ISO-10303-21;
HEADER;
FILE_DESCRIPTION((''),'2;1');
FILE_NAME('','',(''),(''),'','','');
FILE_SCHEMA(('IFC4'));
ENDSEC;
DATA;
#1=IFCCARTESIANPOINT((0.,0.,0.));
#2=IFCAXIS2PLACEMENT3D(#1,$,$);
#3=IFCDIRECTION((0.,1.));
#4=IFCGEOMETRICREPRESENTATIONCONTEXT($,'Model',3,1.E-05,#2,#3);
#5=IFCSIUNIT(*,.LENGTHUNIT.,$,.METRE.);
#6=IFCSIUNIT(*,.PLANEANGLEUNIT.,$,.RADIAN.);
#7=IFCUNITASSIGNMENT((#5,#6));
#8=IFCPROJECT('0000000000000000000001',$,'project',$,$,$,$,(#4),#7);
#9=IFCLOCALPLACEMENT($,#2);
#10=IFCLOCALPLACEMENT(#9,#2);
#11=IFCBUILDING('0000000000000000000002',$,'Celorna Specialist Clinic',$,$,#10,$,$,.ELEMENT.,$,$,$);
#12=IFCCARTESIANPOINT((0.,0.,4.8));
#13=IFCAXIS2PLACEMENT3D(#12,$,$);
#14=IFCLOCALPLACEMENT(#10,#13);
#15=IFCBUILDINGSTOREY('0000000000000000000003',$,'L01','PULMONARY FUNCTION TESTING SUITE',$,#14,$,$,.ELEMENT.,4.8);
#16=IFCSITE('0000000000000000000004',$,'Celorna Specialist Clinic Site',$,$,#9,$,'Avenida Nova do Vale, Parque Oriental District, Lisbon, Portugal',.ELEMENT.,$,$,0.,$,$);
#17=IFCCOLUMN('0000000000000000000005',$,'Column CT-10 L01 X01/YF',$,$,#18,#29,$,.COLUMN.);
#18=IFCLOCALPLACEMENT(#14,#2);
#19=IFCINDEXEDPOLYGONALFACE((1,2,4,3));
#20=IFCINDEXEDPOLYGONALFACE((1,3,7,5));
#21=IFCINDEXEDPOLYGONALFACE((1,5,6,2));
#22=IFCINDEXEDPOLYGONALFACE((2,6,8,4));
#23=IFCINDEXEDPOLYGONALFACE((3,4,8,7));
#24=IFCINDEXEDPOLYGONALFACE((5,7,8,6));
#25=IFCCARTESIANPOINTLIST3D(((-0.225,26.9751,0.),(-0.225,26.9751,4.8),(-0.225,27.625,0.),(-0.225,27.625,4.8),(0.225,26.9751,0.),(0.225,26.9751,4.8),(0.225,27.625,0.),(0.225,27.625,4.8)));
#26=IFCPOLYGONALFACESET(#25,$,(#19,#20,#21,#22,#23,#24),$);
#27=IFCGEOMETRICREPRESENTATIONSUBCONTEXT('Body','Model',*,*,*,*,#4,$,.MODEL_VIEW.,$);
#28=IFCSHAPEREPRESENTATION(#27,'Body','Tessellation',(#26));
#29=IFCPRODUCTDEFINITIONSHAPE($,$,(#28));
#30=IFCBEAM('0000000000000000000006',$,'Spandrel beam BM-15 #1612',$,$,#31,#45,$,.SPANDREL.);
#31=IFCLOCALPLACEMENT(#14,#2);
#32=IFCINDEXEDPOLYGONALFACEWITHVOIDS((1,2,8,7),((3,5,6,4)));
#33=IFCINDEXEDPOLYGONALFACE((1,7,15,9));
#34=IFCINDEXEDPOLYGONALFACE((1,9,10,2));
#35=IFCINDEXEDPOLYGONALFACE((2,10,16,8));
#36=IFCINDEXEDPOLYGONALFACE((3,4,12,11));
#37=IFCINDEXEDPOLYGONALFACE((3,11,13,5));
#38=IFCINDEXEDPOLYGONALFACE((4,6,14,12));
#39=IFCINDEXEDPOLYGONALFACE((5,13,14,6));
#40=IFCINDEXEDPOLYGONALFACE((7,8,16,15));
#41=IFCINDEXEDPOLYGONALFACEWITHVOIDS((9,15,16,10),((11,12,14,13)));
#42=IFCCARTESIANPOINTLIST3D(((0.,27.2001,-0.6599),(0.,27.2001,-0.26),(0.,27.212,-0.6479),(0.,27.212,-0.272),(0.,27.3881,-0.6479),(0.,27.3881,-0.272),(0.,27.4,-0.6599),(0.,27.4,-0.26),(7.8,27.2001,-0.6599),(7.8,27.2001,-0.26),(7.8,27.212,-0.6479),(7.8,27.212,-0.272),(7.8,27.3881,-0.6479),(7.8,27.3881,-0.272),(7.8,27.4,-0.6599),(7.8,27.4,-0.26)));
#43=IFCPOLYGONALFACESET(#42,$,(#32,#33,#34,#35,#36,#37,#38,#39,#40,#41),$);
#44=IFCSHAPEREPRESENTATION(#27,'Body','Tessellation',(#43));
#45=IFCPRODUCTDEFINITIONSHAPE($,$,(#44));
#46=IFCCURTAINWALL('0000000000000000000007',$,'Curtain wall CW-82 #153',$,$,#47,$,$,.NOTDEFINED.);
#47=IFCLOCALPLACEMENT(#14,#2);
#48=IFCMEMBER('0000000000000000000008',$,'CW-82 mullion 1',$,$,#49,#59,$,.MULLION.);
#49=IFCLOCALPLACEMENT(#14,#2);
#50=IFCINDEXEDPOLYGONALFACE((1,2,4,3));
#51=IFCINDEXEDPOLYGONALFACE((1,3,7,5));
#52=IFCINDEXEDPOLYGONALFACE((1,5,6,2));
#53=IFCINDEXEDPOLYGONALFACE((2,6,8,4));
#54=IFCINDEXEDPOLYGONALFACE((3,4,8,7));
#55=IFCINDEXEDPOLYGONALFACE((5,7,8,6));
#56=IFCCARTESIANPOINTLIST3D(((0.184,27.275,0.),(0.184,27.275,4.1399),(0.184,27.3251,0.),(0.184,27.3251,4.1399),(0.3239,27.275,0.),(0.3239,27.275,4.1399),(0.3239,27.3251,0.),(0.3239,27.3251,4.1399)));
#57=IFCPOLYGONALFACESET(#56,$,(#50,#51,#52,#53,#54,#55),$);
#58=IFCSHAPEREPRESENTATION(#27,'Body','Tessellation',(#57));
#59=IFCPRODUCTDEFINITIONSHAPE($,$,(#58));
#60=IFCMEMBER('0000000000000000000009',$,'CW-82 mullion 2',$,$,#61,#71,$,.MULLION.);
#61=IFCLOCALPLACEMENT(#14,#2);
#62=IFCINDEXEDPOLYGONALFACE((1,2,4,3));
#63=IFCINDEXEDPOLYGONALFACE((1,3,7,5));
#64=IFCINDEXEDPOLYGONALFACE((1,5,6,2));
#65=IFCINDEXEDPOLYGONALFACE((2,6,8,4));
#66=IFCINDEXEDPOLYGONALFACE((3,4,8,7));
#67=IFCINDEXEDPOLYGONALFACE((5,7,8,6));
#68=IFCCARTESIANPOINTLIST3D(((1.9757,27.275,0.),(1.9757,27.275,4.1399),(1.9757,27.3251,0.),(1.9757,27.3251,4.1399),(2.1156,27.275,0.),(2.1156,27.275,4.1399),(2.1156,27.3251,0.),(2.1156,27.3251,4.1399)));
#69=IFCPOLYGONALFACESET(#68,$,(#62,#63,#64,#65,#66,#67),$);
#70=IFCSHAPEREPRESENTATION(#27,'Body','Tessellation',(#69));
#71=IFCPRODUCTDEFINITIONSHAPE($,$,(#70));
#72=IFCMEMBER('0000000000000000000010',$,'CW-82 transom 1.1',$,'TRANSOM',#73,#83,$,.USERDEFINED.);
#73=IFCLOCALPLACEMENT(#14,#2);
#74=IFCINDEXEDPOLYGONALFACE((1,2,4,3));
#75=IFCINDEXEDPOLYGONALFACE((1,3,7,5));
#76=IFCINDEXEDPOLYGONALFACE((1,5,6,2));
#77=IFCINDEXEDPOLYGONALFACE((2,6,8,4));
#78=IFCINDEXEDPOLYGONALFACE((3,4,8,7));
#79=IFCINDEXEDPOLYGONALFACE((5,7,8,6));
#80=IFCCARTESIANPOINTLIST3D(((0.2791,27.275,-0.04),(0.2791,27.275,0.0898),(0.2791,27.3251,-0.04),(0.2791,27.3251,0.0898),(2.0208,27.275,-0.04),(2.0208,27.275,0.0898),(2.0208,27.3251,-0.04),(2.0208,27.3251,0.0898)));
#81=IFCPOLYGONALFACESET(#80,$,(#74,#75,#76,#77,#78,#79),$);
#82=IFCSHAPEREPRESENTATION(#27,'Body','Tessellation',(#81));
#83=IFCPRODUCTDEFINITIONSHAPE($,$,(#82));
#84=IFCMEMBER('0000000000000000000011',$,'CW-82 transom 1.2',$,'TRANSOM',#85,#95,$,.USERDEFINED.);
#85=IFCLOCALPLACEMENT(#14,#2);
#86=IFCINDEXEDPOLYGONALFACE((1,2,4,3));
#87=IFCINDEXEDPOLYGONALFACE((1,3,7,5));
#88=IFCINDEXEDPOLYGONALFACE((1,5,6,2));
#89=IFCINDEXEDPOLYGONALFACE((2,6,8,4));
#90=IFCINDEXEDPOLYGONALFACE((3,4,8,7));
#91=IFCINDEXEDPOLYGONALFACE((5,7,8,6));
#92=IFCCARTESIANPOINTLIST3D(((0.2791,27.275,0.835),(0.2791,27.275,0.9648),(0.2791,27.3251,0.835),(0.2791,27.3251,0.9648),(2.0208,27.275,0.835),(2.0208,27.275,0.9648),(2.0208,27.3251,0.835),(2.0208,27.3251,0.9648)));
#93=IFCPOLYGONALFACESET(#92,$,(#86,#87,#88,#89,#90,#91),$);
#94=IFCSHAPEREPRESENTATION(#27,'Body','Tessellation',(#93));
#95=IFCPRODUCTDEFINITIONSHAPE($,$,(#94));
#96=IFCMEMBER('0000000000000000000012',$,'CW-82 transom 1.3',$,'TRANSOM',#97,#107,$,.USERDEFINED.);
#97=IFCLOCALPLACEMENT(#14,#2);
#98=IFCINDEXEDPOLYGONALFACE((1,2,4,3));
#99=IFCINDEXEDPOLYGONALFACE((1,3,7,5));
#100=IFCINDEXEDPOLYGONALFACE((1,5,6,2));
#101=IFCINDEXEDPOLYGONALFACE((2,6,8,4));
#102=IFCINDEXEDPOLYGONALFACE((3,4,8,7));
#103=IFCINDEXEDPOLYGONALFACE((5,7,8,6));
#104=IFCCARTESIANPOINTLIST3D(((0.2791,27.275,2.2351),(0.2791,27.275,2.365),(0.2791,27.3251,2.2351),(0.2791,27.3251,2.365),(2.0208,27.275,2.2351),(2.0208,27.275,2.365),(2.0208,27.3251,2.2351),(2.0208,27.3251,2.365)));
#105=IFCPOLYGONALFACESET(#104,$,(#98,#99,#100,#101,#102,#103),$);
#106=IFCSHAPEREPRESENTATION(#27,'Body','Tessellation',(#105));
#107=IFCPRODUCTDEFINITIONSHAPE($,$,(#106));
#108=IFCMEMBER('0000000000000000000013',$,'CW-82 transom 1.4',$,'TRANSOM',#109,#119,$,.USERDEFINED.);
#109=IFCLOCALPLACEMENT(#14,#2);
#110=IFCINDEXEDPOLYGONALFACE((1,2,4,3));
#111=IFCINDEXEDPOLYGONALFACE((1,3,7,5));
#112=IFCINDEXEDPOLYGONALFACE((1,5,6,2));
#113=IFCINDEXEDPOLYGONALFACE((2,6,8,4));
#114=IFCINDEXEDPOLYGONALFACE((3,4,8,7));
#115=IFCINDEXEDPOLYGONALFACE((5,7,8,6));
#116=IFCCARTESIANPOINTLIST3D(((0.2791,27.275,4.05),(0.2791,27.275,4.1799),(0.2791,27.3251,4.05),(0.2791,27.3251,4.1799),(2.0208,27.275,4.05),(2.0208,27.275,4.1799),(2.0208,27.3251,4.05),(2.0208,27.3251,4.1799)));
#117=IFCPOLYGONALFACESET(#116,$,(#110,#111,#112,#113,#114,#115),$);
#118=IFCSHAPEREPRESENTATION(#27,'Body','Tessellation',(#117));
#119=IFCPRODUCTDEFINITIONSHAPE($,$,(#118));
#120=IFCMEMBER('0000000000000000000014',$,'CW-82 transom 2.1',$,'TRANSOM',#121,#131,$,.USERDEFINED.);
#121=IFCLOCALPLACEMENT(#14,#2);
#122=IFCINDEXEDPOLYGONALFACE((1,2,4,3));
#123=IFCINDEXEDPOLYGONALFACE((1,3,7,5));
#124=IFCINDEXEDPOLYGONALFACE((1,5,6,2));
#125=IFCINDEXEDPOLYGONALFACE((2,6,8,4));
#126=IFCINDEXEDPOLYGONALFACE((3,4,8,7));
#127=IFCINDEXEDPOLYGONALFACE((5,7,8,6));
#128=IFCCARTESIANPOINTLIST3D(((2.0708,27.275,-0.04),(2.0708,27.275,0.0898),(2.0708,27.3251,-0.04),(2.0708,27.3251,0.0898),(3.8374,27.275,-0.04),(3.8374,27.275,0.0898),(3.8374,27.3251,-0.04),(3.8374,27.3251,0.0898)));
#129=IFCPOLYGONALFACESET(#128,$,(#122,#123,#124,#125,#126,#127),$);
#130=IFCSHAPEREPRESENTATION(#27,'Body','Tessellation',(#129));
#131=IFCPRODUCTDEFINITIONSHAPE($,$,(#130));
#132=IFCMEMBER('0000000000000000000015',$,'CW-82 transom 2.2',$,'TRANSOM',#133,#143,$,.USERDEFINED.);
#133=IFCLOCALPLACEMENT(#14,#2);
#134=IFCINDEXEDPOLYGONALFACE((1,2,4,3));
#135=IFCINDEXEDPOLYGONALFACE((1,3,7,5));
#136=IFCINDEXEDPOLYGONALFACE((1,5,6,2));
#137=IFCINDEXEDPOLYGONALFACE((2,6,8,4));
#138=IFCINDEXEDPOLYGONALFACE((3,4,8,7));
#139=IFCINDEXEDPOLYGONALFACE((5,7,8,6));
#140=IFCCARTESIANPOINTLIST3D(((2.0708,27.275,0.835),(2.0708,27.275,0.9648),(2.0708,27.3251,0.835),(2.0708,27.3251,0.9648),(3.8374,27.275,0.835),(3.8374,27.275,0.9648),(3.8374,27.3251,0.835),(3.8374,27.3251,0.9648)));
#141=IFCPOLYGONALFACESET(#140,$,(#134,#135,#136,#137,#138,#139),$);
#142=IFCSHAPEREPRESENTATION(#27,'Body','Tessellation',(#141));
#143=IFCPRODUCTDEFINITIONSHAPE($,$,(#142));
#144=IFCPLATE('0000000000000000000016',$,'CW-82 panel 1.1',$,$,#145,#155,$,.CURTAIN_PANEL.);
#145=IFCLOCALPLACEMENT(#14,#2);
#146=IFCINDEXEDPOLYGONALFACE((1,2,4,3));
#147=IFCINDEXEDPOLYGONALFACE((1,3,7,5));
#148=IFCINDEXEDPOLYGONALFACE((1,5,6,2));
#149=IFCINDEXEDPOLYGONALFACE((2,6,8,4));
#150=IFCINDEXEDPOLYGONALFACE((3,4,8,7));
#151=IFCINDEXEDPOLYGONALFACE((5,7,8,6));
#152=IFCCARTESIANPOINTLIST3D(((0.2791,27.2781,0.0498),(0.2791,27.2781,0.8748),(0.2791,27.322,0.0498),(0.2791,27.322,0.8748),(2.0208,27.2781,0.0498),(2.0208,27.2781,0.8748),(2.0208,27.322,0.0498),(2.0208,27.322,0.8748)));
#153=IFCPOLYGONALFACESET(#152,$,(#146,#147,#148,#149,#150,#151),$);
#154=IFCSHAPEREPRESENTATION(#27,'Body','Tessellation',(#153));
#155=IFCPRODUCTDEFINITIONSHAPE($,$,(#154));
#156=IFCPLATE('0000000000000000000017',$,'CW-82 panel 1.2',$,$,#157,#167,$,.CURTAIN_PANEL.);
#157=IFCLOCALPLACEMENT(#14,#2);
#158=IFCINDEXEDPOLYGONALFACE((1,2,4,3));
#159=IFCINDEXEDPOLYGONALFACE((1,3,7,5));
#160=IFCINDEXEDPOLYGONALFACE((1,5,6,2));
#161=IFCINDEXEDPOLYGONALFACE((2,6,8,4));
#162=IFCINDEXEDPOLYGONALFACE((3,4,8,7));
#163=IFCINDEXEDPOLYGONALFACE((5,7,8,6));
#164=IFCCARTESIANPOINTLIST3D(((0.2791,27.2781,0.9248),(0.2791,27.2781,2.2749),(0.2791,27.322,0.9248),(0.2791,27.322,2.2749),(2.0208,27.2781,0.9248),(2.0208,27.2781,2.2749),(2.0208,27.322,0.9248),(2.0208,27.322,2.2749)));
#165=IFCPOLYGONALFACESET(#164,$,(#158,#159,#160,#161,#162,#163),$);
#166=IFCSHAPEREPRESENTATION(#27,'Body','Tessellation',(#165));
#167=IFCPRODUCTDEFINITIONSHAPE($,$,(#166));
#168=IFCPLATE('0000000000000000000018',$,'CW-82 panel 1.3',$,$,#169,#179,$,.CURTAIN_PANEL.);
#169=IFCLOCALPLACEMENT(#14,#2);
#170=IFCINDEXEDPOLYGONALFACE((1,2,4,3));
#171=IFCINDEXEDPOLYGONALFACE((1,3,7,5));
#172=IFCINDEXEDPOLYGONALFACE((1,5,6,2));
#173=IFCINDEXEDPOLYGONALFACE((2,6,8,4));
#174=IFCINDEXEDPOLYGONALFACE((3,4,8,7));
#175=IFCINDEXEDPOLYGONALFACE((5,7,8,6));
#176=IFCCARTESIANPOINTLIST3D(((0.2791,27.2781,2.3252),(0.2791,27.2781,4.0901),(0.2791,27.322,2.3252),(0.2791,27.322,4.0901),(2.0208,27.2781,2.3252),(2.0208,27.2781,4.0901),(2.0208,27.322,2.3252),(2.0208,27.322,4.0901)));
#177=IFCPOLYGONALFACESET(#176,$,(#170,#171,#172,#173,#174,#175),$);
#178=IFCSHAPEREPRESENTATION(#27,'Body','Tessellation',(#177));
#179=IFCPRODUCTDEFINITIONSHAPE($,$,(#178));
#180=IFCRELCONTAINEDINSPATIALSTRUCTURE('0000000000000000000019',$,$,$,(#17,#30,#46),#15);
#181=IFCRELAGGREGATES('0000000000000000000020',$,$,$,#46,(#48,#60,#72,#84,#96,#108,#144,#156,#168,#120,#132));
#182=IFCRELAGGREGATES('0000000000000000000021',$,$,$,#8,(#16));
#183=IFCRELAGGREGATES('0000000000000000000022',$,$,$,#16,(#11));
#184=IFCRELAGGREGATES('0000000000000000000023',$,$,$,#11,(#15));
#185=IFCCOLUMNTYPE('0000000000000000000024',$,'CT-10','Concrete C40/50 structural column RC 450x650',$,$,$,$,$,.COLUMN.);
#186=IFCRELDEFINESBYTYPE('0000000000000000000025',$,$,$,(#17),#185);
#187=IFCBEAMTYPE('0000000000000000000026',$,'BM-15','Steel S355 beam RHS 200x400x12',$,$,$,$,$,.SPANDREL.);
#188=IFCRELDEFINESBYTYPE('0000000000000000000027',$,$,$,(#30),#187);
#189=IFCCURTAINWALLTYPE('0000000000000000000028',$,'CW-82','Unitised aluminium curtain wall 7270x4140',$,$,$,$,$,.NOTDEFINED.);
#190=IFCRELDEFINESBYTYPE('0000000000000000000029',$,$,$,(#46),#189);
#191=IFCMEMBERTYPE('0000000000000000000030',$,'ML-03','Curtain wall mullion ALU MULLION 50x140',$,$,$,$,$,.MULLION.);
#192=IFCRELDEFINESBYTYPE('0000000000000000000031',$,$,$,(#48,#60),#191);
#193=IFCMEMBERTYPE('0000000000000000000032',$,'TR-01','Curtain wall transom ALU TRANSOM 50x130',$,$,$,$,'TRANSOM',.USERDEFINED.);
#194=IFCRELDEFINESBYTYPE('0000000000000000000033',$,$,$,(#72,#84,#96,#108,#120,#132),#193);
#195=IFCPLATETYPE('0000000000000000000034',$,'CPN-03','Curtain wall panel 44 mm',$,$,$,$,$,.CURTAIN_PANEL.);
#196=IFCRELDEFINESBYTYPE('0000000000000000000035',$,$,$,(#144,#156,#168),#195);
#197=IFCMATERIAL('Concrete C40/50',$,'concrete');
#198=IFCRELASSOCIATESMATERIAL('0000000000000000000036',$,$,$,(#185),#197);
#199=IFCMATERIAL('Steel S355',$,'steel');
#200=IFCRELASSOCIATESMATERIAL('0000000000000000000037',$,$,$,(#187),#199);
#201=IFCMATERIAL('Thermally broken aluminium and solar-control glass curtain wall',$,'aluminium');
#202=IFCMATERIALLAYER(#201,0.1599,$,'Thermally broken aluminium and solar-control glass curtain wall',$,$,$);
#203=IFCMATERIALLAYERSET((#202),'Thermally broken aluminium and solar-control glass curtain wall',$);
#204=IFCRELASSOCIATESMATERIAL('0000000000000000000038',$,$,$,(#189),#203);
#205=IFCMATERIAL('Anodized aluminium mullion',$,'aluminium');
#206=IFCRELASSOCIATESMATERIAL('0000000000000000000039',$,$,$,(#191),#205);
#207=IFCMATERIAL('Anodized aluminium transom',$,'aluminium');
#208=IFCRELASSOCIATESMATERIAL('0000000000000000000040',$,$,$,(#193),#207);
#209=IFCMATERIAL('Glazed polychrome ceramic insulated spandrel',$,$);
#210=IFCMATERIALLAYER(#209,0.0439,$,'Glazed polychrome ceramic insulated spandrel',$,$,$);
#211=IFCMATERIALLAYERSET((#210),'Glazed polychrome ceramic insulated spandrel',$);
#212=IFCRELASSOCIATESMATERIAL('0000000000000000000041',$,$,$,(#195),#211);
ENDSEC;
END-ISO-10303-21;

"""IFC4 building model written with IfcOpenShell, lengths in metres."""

from ifc_helpers import new_model, si_unit, direction, frame, origin, origin_2d, place, context, subcontext, project, spatial, rectangle, hollow_rectangle, extrude, material, layer, layer_set, material_profile, profile_set, type_object, element, aggregate, save


model = new_model("IFC4")

# Units and contexts
model_context = context("Model", 3, precision=1e-05, world=origin(), true_north=direction((0.0, 1.0)))
body_context = subcontext(model_context, "Body", "Model", "MODEL_VIEW")
ifc_project = project(units=[si_unit("LENGTHUNIT", "METRE"), si_unit("PLANEANGLEUNIT", "RADIAN")], contexts=[model_context])

# Site, building, storey
site_placement = place(None, origin())
site = spatial("IfcSite", under=ifc_project, at=site_placement, Name="Celorna Specialist Clinic Site", LongName="Avenida Nova do Vale, Parque Oriental District, Lisbon, Portugal", CompositionType="ELEMENT", RefElevation=0.0)
building_placement = place(site_placement, origin())
building = spatial("IfcBuilding", under=site, at=building_placement, Name="Celorna Specialist Clinic", CompositionType="ELEMENT")
storey_placement = place(building_placement, frame((0.0, 0.0, 4.8)))
storey = spatial("IfcBuildingStorey", under=building, at=storey_placement, Name="L01", Description="PULMONARY FUNCTION TESTING SUITE", CompositionType="ELEMENT", Elevation=4.8)

# Column
ifc_material_1 = material(Name="Concrete C40/50", Category="concrete")
ifc_material_profile_1 = material_profile(ifc_material_1, rectangle(XDim=0.45, YDim=0.6499, at=origin_2d()), Name="RC 450x650")
ifc_profile_set_1 = profile_set([ifc_material_profile_1], Name="Concrete C40/50")
column_type = type_object("IfcColumnType", Name="CT-10", Description="Concrete C40/50 structural column RC 450x650", PredefinedType="COLUMN", material=ifc_profile_set_1)
column_placement = place(storey_placement, frame((0.0, 27.3, 0.0), z_axis=(0.0, 0.0, 1.0), x_axis=(1.0, 0.0, 0.0)))
element("IfcColumn", 1, at=column_placement, inside=storey, type_object=column_type, Name="Column CT-10 L01 X01/YF", PredefinedType="COLUMN", context=body_context, shape_type="SweptSolid", body=[
    extrude(rectangle(XDim=0.45, YDim=0.6499, at=origin_2d()), origin(), (0.0, 0.0, 1.0), 4.8),
])

# Beam
ifc_material_2 = material(Name="Steel S355", Category="steel")
ifc_material_profile_2 = material_profile(ifc_material_2, hollow_rectangle(XDim=0.2, YDim=0.3999, WallThickness=0.012, at=origin_2d()), Name="RHS 200x400x12")
ifc_profile_set_2 = profile_set([ifc_material_profile_2], Name="Steel S355")
beam_type = type_object("IfcBeamType", Name="BM-15", Description="Steel S355 beam RHS 200x400x12", PredefinedType="SPANDREL", material=ifc_profile_set_2)
beam_placement = place(storey_placement, frame((0.0, 27.3, -0.46), z_axis=(1.0, 0.0, 0.0), x_axis=(0.0, 1.0, 0.0)))
element("IfcBeam", 2, at=beam_placement, inside=storey, type_object=beam_type, Name="Spandrel beam BM-15 #1612", PredefinedType="SPANDREL", context=body_context, shape_type="SweptSolid", body=[
    extrude(hollow_rectangle(XDim=0.2, YDim=0.3999, WallThickness=0.012, at=origin_2d()), origin(), (0.0, 0.0, 1.0), 7.8),
])

# Curtain wall, members, plates
ifc_material_3 = material(Name="Thermally broken aluminium and solar-control glass curtain wall", Category="aluminium")
ifc_layer_1 = layer(ifc_material_3, 0.1599, Name="Thermally broken aluminium and solar-control glass curtain wall")
ifc_layer_set_1 = layer_set([ifc_layer_1], Name="Thermally broken aluminium and solar-control glass curtain wall")
curtain_wall_type = type_object("IfcCurtainWallType", Name="CW-82", Description="Unitised aluminium curtain wall 7270x4140", PredefinedType="NOTDEFINED", material=ifc_layer_set_1)
curtain_wall_placement = place(storey_placement, origin())
curtain_wall = element("IfcCurtainWall", 3, at=curtain_wall_placement, inside=storey, type_object=curtain_wall_type, Name="Curtain wall CW-82 #153", PredefinedType="NOTDEFINED")
ifc_material_4 = material(Name="Anodized aluminium mullion", Category="aluminium")
ifc_material_profile_3 = material_profile(ifc_material_4, rectangle(XDim=0.05, YDim=0.1399, at=origin_2d()), Name="ALU MULLION 50x140")
ifc_profile_set_3 = profile_set([ifc_material_profile_3], Name="Anodized aluminium mullion")
member_type_1 = type_object("IfcMemberType", Name="ML-03", Description="Curtain wall mullion ALU MULLION 50x140", PredefinedType="MULLION", material=ifc_profile_set_3)
member_1_placement = place(storey_placement, frame((0.2539, 27.3, 0.0), z_axis=(0.0, 0.0, 1.0), x_axis=(0.0, 1.0, 0.0)))
member_1 = element("IfcMember", 4, at=member_1_placement, type_object=member_type_1, Name="CW-82 mullion 1", PredefinedType="MULLION", context=body_context, shape_type="SweptSolid", body=[
    extrude(rectangle(XDim=0.05, YDim=0.1399, at=origin_2d()), origin(), (0.0, 0.0, 1.0), 4.1399),
])
member_2_placement = place(storey_placement, frame((2.0457, 27.3, 0.0), z_axis=(0.0, 0.0, 1.0), x_axis=(0.0, 1.0, 0.0)))
member_2 = element("IfcMember", 5, at=member_2_placement, type_object=member_type_1, Name="CW-82 mullion 2", PredefinedType="MULLION", context=body_context, shape_type="SweptSolid", body=[
    extrude(rectangle(XDim=0.05, YDim=0.1399, at=origin_2d()), origin(), (0.0, 0.0, 1.0), 4.1399),
])
ifc_material_5 = material(Name="Anodized aluminium transom", Category="aluminium")
ifc_material_profile_4 = material_profile(ifc_material_5, rectangle(XDim=0.05, YDim=0.1299, at=origin_2d()), Name="ALU TRANSOM 50x130")
ifc_profile_set_4 = profile_set([ifc_material_profile_4], Name="Anodized aluminium transom")
member_type_2 = type_object("IfcMemberType", Name="TR-01", Description="Curtain wall transom ALU TRANSOM 50x130", ElementType="TRANSOM", PredefinedType="USERDEFINED", material=ifc_profile_set_4)
member_3_placement = place(storey_placement, frame((0.2791, 27.3, 0.0249), z_axis=(1.0, 0.0, 0.0), x_axis=(0.0, 1.0, 0.0)))
member_3 = element("IfcMember", 6, at=member_3_placement, type_object=member_type_2, Name="CW-82 transom 1.1", ObjectType="TRANSOM", PredefinedType="USERDEFINED", context=body_context, shape_type="SweptSolid", body=[
    extrude(rectangle(XDim=0.05, YDim=0.1299, at=origin_2d()), origin(), (0.0, 0.0, 1.0), 1.7417),
])
member_4_placement = place(storey_placement, frame((0.2791, 27.3, 0.8999), z_axis=(1.0, 0.0, 0.0), x_axis=(0.0, 1.0, 0.0)))
member_4 = element("IfcMember", 7, at=member_4_placement, type_object=member_type_2, Name="CW-82 transom 1.2", ObjectType="TRANSOM", PredefinedType="USERDEFINED", context=body_context, shape_type="SweptSolid", body=[
    extrude(rectangle(XDim=0.05, YDim=0.1299, at=origin_2d()), origin(), (0.0, 0.0, 1.0), 1.7417),
])
member_5_placement = place(storey_placement, frame((0.2791, 27.3, 2.3), z_axis=(1.0, 0.0, 0.0), x_axis=(0.0, 1.0, 0.0)))
member_5 = element("IfcMember", 8, at=member_5_placement, type_object=member_type_2, Name="CW-82 transom 1.3", ObjectType="TRANSOM", PredefinedType="USERDEFINED", context=body_context, shape_type="SweptSolid", body=[
    extrude(rectangle(XDim=0.05, YDim=0.1299, at=origin_2d()), origin(), (0.0, 0.0, 1.0), 1.7417),
])
member_6_placement = place(storey_placement, frame((0.2791, 27.3, 4.115), z_axis=(1.0, 0.0, 0.0), x_axis=(0.0, 1.0, 0.0)))
member_6 = element("IfcMember", 9, at=member_6_placement, type_object=member_type_2, Name="CW-82 transom 1.4", ObjectType="TRANSOM", PredefinedType="USERDEFINED", context=body_context, shape_type="SweptSolid", body=[
    extrude(rectangle(XDim=0.05, YDim=0.1299, at=origin_2d()), origin(), (0.0, 0.0, 1.0), 1.7417),
])
member_7_placement = place(storey_placement, frame((2.0708, 27.3, 0.0249), z_axis=(1.0, 0.0, 0.0), x_axis=(0.0, 1.0, 0.0)))
member_7 = element("IfcMember", 10, at=member_7_placement, type_object=member_type_2, Name="CW-82 transom 2.1", ObjectType="TRANSOM", PredefinedType="USERDEFINED", context=body_context, shape_type="SweptSolid", body=[
    extrude(rectangle(XDim=0.05, YDim=0.1299, at=origin_2d()), origin(), (0.0, 0.0, 1.0), 1.7666),
])
member_8_placement = place(storey_placement, frame((2.0708, 27.3, 0.8999), z_axis=(1.0, 0.0, 0.0), x_axis=(0.0, 1.0, 0.0)))
member_8 = element("IfcMember", 11, at=member_8_placement, type_object=member_type_2, Name="CW-82 transom 2.2", ObjectType="TRANSOM", PredefinedType="USERDEFINED", context=body_context, shape_type="SweptSolid", body=[
    extrude(rectangle(XDim=0.05, YDim=0.1299, at=origin_2d()), origin(), (0.0, 0.0, 1.0), 1.7666),
])
ifc_material_6 = material(Name="Glazed polychrome ceramic insulated spandrel")
ifc_layer_2 = layer(ifc_material_6, 0.0439, Name="Glazed polychrome ceramic insulated spandrel")
ifc_layer_set_2 = layer_set([ifc_layer_2], Name="Glazed polychrome ceramic insulated spandrel")
plate_type = type_object("IfcPlateType", Name="CPN-03", Description="Curtain wall panel 44 mm", PredefinedType="CURTAIN_PANEL", material=ifc_layer_set_2)
plate_1_placement = place(storey_placement, frame((1.1499, 27.3, 0.0498), z_axis=(0.0, 0.0, 1.0), x_axis=(1.0, 0.0, 0.0)))
plate_1 = element("IfcPlate", 12, at=plate_1_placement, type_object=plate_type, Name="CW-82 panel 1.1", PredefinedType="CURTAIN_PANEL", context=body_context, shape_type="SweptSolid", body=[
    extrude(rectangle(XDim=1.7417, YDim=0.0439, at=origin_2d()), origin(), (0.0, 0.0, 1.0), 0.825),
])
plate_2_placement = place(storey_placement, frame((1.1499, 27.3, 0.9248), z_axis=(0.0, 0.0, 1.0), x_axis=(1.0, 0.0, 0.0)))
plate_2 = element("IfcPlate", 13, at=plate_2_placement, type_object=plate_type, Name="CW-82 panel 1.2", PredefinedType="CURTAIN_PANEL", context=body_context, shape_type="SweptSolid", body=[
    extrude(rectangle(XDim=1.7417, YDim=0.0439, at=origin_2d()), origin(), (0.0, 0.0, 1.0), 1.3501),
])
plate_3_placement = place(storey_placement, frame((1.1499, 27.3, 2.3252), z_axis=(0.0, 0.0, 1.0), x_axis=(1.0, 0.0, 0.0)))
plate_3 = element("IfcPlate", 14, at=plate_3_placement, type_object=plate_type, Name="CW-82 panel 1.3", PredefinedType="CURTAIN_PANEL", context=body_context, shape_type="SweptSolid", body=[
    extrude(rectangle(XDim=1.7417, YDim=0.0439, at=origin_2d()), origin(), (0.0, 0.0, 1.0), 1.7649),
])
aggregate(curtain_wall, [member_1, member_2, member_3, member_4, member_5, member_6, plate_1, plate_2, plate_3, member_7, member_8])

save(model, "model.ifc")
